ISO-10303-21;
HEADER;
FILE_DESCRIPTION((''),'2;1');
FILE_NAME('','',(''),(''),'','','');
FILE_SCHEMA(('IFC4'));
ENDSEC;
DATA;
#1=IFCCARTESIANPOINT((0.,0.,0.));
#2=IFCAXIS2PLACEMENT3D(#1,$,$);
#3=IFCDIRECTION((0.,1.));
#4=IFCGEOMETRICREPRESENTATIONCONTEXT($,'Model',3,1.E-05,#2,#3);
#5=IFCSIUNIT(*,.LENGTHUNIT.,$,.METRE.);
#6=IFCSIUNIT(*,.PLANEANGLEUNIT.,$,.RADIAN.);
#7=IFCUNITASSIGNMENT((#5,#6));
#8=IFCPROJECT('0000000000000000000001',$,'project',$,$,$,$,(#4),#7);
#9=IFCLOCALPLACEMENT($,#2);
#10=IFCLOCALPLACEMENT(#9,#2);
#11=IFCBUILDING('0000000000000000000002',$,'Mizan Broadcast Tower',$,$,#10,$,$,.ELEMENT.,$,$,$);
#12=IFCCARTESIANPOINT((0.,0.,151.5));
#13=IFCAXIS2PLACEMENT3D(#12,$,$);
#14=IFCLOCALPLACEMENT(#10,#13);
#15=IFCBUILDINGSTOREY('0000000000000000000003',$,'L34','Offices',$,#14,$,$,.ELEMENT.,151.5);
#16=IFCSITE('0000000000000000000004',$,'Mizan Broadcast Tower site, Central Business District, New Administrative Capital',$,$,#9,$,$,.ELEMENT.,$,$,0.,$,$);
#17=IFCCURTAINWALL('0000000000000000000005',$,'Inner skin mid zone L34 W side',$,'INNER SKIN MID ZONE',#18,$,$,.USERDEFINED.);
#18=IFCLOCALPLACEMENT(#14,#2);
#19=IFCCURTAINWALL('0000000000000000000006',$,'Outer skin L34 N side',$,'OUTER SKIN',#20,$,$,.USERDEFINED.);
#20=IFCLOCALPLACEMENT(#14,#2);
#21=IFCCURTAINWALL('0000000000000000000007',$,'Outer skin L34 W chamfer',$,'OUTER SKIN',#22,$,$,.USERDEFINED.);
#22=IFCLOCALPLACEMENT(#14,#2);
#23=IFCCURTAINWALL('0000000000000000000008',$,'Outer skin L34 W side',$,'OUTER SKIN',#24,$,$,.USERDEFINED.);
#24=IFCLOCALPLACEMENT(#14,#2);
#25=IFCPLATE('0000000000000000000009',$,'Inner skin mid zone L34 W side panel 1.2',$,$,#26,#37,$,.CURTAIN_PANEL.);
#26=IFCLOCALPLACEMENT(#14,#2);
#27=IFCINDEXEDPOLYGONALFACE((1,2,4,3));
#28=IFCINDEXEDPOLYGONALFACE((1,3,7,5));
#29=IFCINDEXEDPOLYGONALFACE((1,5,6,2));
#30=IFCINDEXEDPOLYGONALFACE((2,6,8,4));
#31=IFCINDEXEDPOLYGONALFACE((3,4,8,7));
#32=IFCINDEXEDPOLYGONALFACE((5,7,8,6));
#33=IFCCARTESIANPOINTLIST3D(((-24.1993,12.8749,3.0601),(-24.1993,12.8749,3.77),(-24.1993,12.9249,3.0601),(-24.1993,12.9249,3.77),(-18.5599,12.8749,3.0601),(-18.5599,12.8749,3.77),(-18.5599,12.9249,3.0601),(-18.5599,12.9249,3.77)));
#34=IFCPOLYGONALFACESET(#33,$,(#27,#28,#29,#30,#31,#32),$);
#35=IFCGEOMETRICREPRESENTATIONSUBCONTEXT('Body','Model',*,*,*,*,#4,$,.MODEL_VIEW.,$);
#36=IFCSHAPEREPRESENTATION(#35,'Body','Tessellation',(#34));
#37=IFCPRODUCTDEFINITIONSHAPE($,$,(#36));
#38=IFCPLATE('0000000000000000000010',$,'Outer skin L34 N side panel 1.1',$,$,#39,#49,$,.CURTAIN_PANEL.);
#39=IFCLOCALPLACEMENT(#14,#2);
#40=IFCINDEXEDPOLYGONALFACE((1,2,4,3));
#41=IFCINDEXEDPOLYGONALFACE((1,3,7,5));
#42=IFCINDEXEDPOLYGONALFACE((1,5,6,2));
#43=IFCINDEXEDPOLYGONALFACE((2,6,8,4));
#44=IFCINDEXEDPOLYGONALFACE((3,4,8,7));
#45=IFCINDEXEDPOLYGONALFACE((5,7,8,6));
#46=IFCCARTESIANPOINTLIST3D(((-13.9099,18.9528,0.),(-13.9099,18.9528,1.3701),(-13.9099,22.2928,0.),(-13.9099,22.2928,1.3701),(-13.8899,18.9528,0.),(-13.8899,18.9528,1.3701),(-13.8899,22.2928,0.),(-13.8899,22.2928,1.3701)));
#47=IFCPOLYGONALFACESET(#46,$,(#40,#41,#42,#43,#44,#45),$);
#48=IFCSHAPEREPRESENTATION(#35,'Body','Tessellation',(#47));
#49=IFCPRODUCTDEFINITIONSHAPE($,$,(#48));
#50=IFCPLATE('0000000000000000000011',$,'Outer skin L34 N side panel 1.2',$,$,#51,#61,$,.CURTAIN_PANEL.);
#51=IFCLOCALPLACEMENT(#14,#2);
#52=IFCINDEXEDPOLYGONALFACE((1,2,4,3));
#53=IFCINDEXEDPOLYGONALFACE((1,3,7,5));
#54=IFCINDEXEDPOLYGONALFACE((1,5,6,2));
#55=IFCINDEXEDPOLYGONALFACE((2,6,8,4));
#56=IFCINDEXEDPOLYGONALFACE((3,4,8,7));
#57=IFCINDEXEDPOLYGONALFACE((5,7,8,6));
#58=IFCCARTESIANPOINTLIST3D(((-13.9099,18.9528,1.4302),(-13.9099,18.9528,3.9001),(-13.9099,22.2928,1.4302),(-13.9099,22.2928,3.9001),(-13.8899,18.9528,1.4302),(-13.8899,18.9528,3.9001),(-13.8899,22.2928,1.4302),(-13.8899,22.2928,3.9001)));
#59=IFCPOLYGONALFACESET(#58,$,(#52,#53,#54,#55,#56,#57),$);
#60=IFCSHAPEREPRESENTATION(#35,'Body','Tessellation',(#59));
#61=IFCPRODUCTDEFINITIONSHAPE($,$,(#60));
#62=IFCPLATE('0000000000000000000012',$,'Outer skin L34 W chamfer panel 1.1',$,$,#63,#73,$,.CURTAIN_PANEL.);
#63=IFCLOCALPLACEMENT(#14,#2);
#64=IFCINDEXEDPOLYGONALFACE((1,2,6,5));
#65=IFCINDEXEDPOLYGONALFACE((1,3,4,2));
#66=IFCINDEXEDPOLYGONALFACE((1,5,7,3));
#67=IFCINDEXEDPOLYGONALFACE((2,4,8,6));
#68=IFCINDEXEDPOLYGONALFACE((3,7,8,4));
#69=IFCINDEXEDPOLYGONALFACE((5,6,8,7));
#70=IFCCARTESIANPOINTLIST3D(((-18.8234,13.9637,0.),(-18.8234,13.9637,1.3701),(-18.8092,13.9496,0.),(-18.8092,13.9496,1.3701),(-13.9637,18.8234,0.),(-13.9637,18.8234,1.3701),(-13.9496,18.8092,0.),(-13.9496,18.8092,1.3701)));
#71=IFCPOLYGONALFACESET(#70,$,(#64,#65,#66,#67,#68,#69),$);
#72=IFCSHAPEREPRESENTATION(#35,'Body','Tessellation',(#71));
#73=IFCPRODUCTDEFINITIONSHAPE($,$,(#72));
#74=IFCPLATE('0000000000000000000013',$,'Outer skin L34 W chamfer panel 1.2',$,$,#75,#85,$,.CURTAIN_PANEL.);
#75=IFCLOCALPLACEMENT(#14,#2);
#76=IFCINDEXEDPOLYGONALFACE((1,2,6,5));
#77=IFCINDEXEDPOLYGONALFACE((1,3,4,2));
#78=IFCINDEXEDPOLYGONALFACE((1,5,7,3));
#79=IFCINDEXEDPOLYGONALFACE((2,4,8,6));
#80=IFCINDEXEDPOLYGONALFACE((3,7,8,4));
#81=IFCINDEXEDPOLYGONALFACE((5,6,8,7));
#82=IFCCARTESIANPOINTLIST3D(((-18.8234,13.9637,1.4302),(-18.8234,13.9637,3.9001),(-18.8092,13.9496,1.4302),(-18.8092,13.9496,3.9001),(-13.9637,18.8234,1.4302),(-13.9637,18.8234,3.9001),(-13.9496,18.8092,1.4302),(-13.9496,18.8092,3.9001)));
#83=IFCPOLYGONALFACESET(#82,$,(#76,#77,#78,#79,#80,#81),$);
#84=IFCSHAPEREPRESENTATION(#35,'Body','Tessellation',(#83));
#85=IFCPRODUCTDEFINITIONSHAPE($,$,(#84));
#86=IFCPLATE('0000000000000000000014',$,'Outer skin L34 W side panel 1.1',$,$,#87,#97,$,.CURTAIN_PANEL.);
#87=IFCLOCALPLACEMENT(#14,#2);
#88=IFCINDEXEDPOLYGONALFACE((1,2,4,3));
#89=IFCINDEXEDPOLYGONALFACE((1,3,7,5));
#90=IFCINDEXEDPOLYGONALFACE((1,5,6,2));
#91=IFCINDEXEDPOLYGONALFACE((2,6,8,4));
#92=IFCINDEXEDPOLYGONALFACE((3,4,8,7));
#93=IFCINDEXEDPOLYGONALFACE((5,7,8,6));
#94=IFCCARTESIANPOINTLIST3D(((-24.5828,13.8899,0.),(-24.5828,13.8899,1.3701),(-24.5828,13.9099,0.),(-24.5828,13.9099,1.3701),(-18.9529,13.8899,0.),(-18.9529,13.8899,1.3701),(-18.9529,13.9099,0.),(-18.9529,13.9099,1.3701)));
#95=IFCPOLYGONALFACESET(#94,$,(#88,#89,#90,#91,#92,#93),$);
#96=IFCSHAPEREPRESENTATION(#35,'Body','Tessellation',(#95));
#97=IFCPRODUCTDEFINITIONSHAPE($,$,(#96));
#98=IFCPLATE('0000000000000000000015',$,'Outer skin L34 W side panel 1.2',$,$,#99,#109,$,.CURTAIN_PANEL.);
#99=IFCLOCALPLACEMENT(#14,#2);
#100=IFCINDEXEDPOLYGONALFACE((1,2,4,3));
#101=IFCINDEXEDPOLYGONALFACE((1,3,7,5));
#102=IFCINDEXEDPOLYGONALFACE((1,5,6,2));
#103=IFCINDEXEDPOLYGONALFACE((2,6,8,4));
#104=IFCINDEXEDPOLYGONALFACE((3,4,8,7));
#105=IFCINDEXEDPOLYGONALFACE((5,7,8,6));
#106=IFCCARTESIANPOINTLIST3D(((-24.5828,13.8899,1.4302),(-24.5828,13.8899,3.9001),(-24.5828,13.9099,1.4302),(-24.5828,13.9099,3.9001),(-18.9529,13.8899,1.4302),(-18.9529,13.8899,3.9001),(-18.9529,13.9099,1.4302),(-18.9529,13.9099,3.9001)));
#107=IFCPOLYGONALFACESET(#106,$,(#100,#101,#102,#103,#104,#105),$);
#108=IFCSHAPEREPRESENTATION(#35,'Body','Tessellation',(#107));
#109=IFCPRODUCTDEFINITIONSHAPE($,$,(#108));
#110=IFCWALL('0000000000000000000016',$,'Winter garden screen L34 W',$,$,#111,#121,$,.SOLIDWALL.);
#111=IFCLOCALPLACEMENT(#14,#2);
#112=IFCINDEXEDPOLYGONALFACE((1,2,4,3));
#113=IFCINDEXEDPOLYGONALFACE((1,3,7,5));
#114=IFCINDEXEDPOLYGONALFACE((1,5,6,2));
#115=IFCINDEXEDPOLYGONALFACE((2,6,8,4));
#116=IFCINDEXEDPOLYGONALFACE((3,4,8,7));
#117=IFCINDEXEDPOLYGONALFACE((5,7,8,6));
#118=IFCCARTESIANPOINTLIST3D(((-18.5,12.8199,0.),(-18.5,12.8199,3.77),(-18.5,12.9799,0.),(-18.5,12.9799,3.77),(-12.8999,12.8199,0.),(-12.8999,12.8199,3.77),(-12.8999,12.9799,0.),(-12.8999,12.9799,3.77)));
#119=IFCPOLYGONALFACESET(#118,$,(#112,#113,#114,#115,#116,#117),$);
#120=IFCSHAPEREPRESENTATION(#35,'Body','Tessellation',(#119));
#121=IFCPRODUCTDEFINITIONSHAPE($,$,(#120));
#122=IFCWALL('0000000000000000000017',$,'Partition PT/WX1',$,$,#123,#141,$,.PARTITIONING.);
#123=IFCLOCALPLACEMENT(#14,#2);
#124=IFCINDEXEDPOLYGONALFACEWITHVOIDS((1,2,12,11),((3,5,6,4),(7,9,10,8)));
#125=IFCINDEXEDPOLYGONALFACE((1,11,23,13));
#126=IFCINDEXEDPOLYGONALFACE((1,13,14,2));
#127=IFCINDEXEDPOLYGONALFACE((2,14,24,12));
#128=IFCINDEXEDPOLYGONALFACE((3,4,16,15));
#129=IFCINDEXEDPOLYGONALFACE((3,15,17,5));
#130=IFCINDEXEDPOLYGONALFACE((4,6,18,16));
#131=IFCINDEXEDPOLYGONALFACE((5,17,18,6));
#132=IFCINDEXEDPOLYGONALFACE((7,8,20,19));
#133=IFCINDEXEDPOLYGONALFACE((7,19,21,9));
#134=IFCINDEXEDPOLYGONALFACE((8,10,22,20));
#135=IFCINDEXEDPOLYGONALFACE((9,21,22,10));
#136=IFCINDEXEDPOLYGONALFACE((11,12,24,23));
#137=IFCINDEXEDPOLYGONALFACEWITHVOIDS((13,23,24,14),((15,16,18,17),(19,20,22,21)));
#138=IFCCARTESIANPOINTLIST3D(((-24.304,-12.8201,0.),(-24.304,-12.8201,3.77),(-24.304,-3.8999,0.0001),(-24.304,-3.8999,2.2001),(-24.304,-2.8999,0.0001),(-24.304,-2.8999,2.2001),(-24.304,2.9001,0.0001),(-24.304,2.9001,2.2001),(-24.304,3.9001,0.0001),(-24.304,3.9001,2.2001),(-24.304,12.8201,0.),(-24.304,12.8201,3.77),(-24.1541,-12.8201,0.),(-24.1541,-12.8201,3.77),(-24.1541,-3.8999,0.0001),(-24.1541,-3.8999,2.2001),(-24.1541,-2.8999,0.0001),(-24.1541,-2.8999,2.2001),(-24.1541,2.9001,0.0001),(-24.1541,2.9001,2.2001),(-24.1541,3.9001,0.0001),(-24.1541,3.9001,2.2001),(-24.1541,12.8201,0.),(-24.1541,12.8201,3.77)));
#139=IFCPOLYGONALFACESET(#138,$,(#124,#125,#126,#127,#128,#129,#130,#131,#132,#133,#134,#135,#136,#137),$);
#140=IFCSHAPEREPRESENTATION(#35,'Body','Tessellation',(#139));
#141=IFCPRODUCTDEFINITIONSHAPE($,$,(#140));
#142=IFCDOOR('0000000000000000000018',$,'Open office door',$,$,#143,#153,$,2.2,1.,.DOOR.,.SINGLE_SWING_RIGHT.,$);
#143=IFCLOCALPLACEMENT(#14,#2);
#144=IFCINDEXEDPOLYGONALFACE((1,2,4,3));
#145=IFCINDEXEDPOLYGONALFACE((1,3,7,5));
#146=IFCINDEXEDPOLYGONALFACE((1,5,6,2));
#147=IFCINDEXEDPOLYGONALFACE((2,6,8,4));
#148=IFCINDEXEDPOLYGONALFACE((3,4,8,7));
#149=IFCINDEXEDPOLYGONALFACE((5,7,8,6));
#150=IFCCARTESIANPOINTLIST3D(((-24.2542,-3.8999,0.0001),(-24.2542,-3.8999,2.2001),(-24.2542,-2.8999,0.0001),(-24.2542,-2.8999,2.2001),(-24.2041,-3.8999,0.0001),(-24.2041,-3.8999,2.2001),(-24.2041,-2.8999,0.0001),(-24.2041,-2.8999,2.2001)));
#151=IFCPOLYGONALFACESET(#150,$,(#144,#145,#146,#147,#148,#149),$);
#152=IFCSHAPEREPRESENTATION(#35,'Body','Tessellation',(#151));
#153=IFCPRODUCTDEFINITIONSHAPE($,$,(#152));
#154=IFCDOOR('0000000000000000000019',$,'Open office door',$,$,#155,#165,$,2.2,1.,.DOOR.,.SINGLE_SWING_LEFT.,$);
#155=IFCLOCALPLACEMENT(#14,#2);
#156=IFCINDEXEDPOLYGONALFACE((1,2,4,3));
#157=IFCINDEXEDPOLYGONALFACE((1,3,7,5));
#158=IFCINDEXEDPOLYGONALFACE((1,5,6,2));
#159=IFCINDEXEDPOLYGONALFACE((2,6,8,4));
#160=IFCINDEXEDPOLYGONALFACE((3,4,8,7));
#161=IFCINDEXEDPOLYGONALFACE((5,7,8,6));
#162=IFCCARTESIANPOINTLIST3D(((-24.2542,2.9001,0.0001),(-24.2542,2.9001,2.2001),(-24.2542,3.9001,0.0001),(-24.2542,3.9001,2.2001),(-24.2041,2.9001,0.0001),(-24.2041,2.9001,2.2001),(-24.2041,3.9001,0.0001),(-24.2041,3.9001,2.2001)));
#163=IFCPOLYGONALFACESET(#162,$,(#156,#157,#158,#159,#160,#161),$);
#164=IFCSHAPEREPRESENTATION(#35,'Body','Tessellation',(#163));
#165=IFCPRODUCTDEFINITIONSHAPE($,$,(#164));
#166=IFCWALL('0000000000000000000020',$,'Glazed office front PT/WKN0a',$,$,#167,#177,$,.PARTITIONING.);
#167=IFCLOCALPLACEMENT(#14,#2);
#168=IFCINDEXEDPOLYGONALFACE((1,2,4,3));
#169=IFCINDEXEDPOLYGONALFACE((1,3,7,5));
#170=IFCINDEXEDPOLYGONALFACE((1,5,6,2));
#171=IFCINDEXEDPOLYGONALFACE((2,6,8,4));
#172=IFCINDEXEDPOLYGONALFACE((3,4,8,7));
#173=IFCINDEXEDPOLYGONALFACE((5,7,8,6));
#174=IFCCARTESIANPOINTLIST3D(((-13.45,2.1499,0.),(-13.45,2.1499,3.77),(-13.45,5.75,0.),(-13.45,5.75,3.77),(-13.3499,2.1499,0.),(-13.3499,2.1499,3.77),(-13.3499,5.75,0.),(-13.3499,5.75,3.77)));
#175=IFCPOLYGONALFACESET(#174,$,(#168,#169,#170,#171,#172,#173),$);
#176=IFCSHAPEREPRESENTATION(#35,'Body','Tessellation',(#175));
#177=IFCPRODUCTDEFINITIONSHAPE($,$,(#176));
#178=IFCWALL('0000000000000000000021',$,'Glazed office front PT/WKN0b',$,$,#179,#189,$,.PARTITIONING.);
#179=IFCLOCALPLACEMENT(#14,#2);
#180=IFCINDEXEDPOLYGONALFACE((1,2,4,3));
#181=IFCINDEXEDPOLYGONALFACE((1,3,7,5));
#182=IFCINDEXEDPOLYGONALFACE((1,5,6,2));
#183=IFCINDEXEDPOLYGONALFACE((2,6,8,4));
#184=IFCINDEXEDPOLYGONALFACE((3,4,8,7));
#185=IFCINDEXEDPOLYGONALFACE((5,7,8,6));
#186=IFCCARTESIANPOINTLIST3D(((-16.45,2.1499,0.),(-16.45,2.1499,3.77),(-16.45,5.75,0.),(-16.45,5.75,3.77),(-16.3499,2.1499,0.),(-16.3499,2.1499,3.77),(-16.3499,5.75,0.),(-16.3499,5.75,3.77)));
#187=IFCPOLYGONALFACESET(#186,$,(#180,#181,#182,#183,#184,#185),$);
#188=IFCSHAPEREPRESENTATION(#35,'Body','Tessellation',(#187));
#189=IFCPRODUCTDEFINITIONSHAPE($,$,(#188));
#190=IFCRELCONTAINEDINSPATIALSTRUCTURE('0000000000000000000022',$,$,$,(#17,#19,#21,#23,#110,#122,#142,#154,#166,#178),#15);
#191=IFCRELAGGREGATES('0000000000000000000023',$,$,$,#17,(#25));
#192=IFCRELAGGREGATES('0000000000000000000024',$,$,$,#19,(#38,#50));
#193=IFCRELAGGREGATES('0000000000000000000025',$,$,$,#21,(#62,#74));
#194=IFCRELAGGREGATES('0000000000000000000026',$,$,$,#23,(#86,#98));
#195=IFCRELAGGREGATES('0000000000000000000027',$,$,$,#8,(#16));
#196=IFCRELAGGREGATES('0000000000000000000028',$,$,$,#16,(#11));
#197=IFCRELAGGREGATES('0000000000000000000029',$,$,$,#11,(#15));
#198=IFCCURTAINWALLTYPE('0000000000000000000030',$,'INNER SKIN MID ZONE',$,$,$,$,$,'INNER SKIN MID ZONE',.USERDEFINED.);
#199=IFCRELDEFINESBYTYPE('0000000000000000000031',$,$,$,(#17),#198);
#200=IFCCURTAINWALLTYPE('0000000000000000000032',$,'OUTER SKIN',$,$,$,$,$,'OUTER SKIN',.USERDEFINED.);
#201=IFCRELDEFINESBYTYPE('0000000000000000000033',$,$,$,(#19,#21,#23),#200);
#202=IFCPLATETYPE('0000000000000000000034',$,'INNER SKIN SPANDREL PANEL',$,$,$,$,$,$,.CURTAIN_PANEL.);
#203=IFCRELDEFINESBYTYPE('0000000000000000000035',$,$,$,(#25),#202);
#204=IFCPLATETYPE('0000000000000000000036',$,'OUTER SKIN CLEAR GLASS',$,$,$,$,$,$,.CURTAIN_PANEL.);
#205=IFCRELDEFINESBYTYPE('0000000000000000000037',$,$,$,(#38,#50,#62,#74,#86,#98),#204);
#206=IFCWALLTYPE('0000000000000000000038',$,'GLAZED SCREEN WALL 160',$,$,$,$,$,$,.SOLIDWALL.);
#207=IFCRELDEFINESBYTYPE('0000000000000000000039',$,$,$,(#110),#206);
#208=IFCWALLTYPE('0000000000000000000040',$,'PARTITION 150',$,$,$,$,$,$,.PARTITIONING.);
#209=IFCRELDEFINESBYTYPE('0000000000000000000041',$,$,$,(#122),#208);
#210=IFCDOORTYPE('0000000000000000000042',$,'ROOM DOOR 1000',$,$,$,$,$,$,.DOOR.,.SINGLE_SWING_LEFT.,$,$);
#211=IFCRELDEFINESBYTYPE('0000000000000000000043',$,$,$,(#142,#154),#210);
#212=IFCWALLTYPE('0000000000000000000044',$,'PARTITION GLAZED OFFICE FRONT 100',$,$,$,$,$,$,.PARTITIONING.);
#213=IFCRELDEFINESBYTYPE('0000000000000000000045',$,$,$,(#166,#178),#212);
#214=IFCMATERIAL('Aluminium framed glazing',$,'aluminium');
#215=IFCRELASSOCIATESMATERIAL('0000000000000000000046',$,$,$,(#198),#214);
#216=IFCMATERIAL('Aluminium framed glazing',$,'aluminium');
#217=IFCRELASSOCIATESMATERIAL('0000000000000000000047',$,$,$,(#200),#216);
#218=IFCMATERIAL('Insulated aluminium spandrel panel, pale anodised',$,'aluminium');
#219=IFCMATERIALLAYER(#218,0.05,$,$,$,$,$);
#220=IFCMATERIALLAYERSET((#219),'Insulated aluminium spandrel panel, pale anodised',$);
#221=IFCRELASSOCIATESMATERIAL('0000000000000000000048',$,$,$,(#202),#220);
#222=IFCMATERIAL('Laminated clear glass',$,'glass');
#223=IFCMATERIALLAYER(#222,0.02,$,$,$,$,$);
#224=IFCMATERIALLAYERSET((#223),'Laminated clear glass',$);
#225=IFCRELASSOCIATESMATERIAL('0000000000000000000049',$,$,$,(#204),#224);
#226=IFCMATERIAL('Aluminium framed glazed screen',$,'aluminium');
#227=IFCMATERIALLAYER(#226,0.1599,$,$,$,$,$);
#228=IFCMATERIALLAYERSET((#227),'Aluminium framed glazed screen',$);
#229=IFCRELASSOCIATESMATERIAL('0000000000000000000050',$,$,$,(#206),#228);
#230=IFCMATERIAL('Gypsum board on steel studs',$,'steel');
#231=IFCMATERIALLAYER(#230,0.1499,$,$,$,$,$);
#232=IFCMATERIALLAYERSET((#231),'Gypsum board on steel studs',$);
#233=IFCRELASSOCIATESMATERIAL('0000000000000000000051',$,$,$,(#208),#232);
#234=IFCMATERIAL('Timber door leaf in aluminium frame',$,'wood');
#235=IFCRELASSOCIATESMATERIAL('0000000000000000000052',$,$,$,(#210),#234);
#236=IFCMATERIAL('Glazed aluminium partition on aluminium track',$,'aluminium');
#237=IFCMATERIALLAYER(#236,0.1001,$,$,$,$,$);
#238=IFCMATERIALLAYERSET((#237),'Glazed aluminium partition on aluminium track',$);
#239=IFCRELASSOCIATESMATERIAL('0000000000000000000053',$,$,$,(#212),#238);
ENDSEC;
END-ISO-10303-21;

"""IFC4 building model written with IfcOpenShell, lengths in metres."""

from ifc_helpers import new_model, si_unit, direction, frame, frame_2d, origin, origin_2d, place, context, subcontext, project, spatial, rectangle, extrude, material, layer, layer_set, type_object, element, fill, aggregate, save


model = new_model("IFC4")

# Units and contexts
model_context = context("Model", 3, precision=1e-05, world=origin(), true_north=direction((0.0, 1.0)))
body_context = subcontext(model_context, "Body", "Model", "MODEL_VIEW")
ifc_project = project(units=[si_unit("LENGTHUNIT", "METRE"), si_unit("PLANEANGLEUNIT", "RADIAN")], contexts=[model_context])

# Site, building, storey
site_placement = place(None, origin())
site = spatial("IfcSite", under=ifc_project, at=site_placement, Name="Mizan Broadcast Tower site, Central Business District, New Administrative Capital", CompositionType="ELEMENT", RefElevation=0.0)
building_placement = place(site_placement, origin())
building = spatial("IfcBuilding", under=site, at=building_placement, Name="Mizan Broadcast Tower", CompositionType="ELEMENT")
storey_placement = place(building_placement, frame((0.0, 0.0, 151.5)))
storey = spatial("IfcBuildingStorey", under=building, at=storey_placement, Name="L34", Description="Offices", CompositionType="ELEMENT", Elevation=151.5)

# Curtain wall
ifc_material_1 = material(Name="Aluminium framed glazing", Category="aluminium")
curtain_wall_type_1 = type_object("IfcCurtainWallType", Name="INNER SKIN MID ZONE", ElementType="INNER SKIN MID ZONE", PredefinedType="USERDEFINED", material=ifc_material_1)
curtain_wall_1_placement = place(storey_placement, origin())
curtain_wall_1 = element("IfcCurtainWall", 1, at=curtain_wall_1_placement, inside=storey, type_object=curtain_wall_type_1, Name="Inner skin mid zone L34 W side", ObjectType="INNER SKIN MID ZONE", PredefinedType="USERDEFINED")

# Curtain walls
ifc_material_2 = material(Name="Aluminium framed glazing", Category="aluminium")
curtain_wall_type_2 = type_object("IfcCurtainWallType", Name="OUTER SKIN", ElementType="OUTER SKIN", PredefinedType="USERDEFINED", material=ifc_material_2)
curtain_wall_2_placement = place(storey_placement, origin())
curtain_wall_2 = element("IfcCurtainWall", 2, at=curtain_wall_2_placement, inside=storey, type_object=curtain_wall_type_2, Name="Outer skin L34 N side", ObjectType="OUTER SKIN", PredefinedType="USERDEFINED")
curtain_wall_3_placement = place(storey_placement, origin())
curtain_wall_3 = element("IfcCurtainWall", 3, at=curtain_wall_3_placement, inside=storey, type_object=curtain_wall_type_2, Name="Outer skin L34 W chamfer", ObjectType="OUTER SKIN", PredefinedType="USERDEFINED")
curtain_wall_4_placement = place(storey_placement, origin())
curtain_wall_4 = element("IfcCurtainWall", 4, at=curtain_wall_4_placement, inside=storey, type_object=curtain_wall_type_2, Name="Outer skin L34 W side", ObjectType="OUTER SKIN", PredefinedType="USERDEFINED")

# Plates
ifc_material_3 = material(Name="Insulated aluminium spandrel panel, pale anodised", Category="aluminium")
ifc_layer_1 = layer(ifc_material_3, 0.05)
ifc_layer_set_1 = layer_set([ifc_layer_1], Name="Insulated aluminium spandrel panel, pale anodised")
plate_type_1 = type_object("IfcPlateType", Name="INNER SKIN SPANDREL PANEL", PredefinedType="CURTAIN_PANEL", material=ifc_layer_set_1)
plate_1_placement = place(storey_placement, frame((-21.3796, 12.8999, 3.0601), z_axis=(0.0, 0.0, 1.0), x_axis=(-1.0, 0.0, 0.0)))
plate_1 = element("IfcPlate", 5, at=plate_1_placement, type_object=plate_type_1, Name="Inner skin mid zone L34 W side panel 1.2", PredefinedType="CURTAIN_PANEL", context=body_context, shape_type="SweptSolid", body=[
    extrude(rectangle(XDim=5.6394, YDim=0.05, at=origin_2d()), origin(), (0.0, 0.0, 1.0), 0.71),
])
aggregate(curtain_wall_1, [plate_1])
ifc_material_4 = material(Name="Laminated clear glass", Category="glass")
ifc_layer_2 = layer(ifc_material_4, 0.02)
ifc_layer_set_2 = layer_set([ifc_layer_2], Name="Laminated clear glass")
plate_type_2 = type_object("IfcPlateType", Name="OUTER SKIN CLEAR GLASS", PredefinedType="CURTAIN_PANEL", material=ifc_layer_set_2)
plate_2_placement = place(storey_placement, frame((-13.8999, 20.6228, 0.0), z_axis=(0.0, 0.0, 1.0), x_axis=(0.0, -1.0, 0.0)))
plate_2 = element("IfcPlate", 6, at=plate_2_placement, type_object=plate_type_2, Name="Outer skin L34 N side panel 1.1", PredefinedType="CURTAIN_PANEL", context=body_context, shape_type="SweptSolid", body=[
    extrude(rectangle(XDim=3.3401, YDim=0.02, at=origin_2d()), origin(), (0.0, 0.0, 1.0), 1.3701),
])
plate_3_placement = place(storey_placement, frame((-13.8999, 20.6228, 1.4302), z_axis=(0.0, 0.0, 1.0), x_axis=(0.0, -1.0, 0.0)))
plate_3 = element("IfcPlate", 7, at=plate_3_placement, type_object=plate_type_2, Name="Outer skin L34 N side panel 1.2", PredefinedType="CURTAIN_PANEL", context=body_context, shape_type="SweptSolid", body=[
    extrude(rectangle(XDim=3.3401, YDim=0.02, at=origin_2d()), origin(), (0.0, 0.0, 1.0), 2.47),
])
aggregate(curtain_wall_2, [plate_2, plate_3])
plate_4_placement = place(storey_placement, frame((-16.3865, 16.3865, 0.0), z_axis=(0.0, 0.0, 1.0), x_axis=(-0.707107, -0.707107, 0.0)))
plate_4 = element("IfcPlate", 8, at=plate_4_placement, type_object=plate_type_2, Name="Outer skin L34 W chamfer panel 1.1", PredefinedType="CURTAIN_PANEL", context=body_context, shape_type="SweptSolid", body=[
    extrude(rectangle(XDim=6.8726, YDim=0.02, at=origin_2d()), origin(), (0.0, 0.0, 1.0), 1.3701),
])
plate_5_placement = place(storey_placement, frame((-16.3865, 16.3865, 1.4302), z_axis=(0.0, 0.0, 1.0), x_axis=(-0.707107, -0.707107, 0.0)))
plate_5 = element("IfcPlate", 9, at=plate_5_placement, type_object=plate_type_2, Name="Outer skin L34 W chamfer panel 1.2", PredefinedType="CURTAIN_PANEL", context=body_context, shape_type="SweptSolid", body=[
    extrude(rectangle(XDim=6.8726, YDim=0.02, at=origin_2d()), origin(), (0.0, 0.0, 1.0), 2.47),
])
aggregate(curtain_wall_3, [plate_4, plate_5])
plate_6_placement = place(storey_placement, frame((-21.7678, 13.8999, 0.0), z_axis=(0.0, 0.0, 1.0), x_axis=(-1.0, 0.0, 0.0)))
plate_6 = element("IfcPlate", 10, at=plate_6_placement, type_object=plate_type_2, Name="Outer skin L34 W side panel 1.1", PredefinedType="CURTAIN_PANEL", context=body_context, shape_type="SweptSolid", body=[
    extrude(rectangle(XDim=5.6299, YDim=0.02, at=origin_2d()), origin(), (0.0, 0.0, 1.0), 1.3701),
])
plate_7_placement = place(storey_placement, frame((-21.7678, 13.8999, 1.4302), z_axis=(0.0, 0.0, 1.0), x_axis=(-1.0, 0.0, 0.0)))
plate_7 = element("IfcPlate", 11, at=plate_7_placement, type_object=plate_type_2, Name="Outer skin L34 W side panel 1.2", PredefinedType="CURTAIN_PANEL", context=body_context, shape_type="SweptSolid", body=[
    extrude(rectangle(XDim=5.6299, YDim=0.02, at=origin_2d()), origin(), (0.0, 0.0, 1.0), 2.47),
])
aggregate(curtain_wall_4, [plate_6, plate_7])

# Wall
ifc_material_5 = material(Name="Aluminium framed glazed screen", Category="aluminium")
ifc_layer_3 = layer(ifc_material_5, 0.1599)
ifc_layer_set_3 = layer_set([ifc_layer_3], Name="Aluminium framed glazed screen")
wall_type_1 = type_object("IfcWallType", Name="GLAZED SCREEN WALL 160", PredefinedType="SOLIDWALL", material=ifc_layer_set_3)
wall_1_placement = place(storey_placement, frame((-12.8999, 12.8999, 0.0), z_axis=(0.0, 0.0, 1.0), x_axis=(-1.0, 0.0, 0.0)))
element("IfcWall", 12, at=wall_1_placement, inside=storey, type_object=wall_type_1, Name="Winter garden screen L34 W", PredefinedType="SOLIDWALL", context=body_context, shape_type="SweptSolid", body=[
    extrude(rectangle(XDim=5.6001, YDim=0.1599, at=frame_2d((2.8, 0.0))), origin(), (0.0, 0.0, 1.0), 3.77),
])

# Wall, openings, doors
ifc_material_6 = material(Name="Gypsum board on steel studs", Category="steel")
ifc_layer_4 = layer(ifc_material_6, 0.1499)
ifc_layer_set_4 = layer_set([ifc_layer_4], Name="Gypsum board on steel studs")
wall_type_2 = type_object("IfcWallType", Name="PARTITION 150", PredefinedType="PARTITIONING", material=ifc_layer_set_4)
wall_2_placement = place(storey_placement, frame((-24.229, 12.8201, 0.0), z_axis=(0.0, 0.0, 1.0), x_axis=(0.0, -1.0, 0.0)))
wall_2 = element("IfcWall", 13, at=wall_2_placement, inside=storey, type_object=wall_type_2, Name="Partition PT/WX1", PredefinedType="PARTITIONING", context=body_context, shape_type="SweptSolid", body=[
    extrude(rectangle(XDim=25.6401, YDim=0.1499, at=frame_2d((12.8201, 0.0))), origin(), (0.0, 0.0, 1.0), 3.77),
])
opening_1_placement = place(wall_2_placement, frame((15.72, 0.0, 0.0)))
opening_1 = element("IfcOpeningElement", 14, at=opening_1_placement, cuts=wall_2, PredefinedType="OPENING", context=body_context, shape_type="SweptSolid", body=[
    extrude(rectangle(XDim=1.0, YDim=2.2, at=frame_2d((0.5, 1.1001))), frame((0.0, 0.085, 0.0), z_axis=(0.0, -1.0, 0.0), x_axis=(1.0, 0.0, 0.0)), (0.0, 0.0, 1.0), 0.1699),
])
opening_2_placement = place(wall_2_placement, frame((8.9199, 0.0, 0.0)))
opening_2 = element("IfcOpeningElement", 15, at=opening_2_placement, cuts=wall_2, PredefinedType="OPENING", context=body_context, shape_type="SweptSolid", body=[
    extrude(rectangle(XDim=1.0, YDim=2.2, at=frame_2d((0.5, 1.1001))), frame((0.0, 0.085, 0.0), z_axis=(0.0, -1.0, 0.0), x_axis=(1.0, 0.0, 0.0)), (0.0, 0.0, 1.0), 0.1699),
])
ifc_material_7 = material(Name="Timber door leaf in aluminium frame", Category="wood")
door_type_1 = type_object("IfcDoorType", Name="ROOM DOOR 1000", OperationType="SINGLE_SWING_LEFT", PredefinedType="DOOR", material=ifc_material_7)
door_1_placement = place(opening_1_placement, origin())
door_1 = element("IfcDoor", 16, at=door_1_placement, inside=storey, type_object=door_type_1, Name="Open office door", OperationType="SINGLE_SWING_RIGHT", OverallHeight=2.2, OverallWidth=1.0, PredefinedType="DOOR", context=body_context, shape_type="SweptSolid", body=[
    extrude(rectangle(XDim=1.0, YDim=2.2, at=frame_2d((0.5, 1.1001))), frame((0.0, 0.0249, 0.0), z_axis=(0.0, -1.0, 0.0), x_axis=(1.0, 0.0, 0.0)), (0.0, 0.0, 1.0), 0.05),
])
fill(opening_1, door_1)
door_2_placement = place(opening_2_placement, origin())
door_2 = element("IfcDoor", 17, at=door_2_placement, inside=storey, type_object=door_type_1, Name="Open office door", OperationType="SINGLE_SWING_LEFT", OverallHeight=2.2, OverallWidth=1.0, PredefinedType="DOOR", context=body_context, shape_type="SweptSolid", body=[
    extrude(rectangle(XDim=1.0, YDim=2.2, at=frame_2d((0.5, 1.1001))), frame((0.0, 0.0249, 0.0), z_axis=(0.0, -1.0, 0.0), x_axis=(1.0, 0.0, 0.0)), (0.0, 0.0, 1.0), 0.05),
])
fill(opening_2, door_2)

# Walls
ifc_material_8 = material(Name="Glazed aluminium partition on aluminium track", Category="aluminium")
ifc_layer_5 = layer(ifc_material_8, 0.1001)
ifc_layer_set_5 = layer_set([ifc_layer_5], Name="Glazed aluminium partition on aluminium track")
wall_type_3 = type_object("IfcWallType", Name="PARTITION GLAZED OFFICE FRONT 100", PredefinedType="PARTITIONING", material=ifc_layer_set_5)
for number, where, z_axis, x_axis, name in (
    (18, (-13.3999, 2.1499, 0.0), (0.0, 0.0, 1.0), (0.0, 1.0, 0.0), "Glazed office front PT/WKN0a"),
    (19, (-16.3999, 2.1499, 0.0), (0.0, 0.0, 1.0), (0.0, 1.0, 0.0), "Glazed office front PT/WKN0b"),
):
    element("IfcWall", number, at=place(storey_placement, frame(where, z_axis=z_axis, x_axis=x_axis)), inside=storey, type_object=wall_type_3, Name=name, PredefinedType="PARTITIONING", context=body_context, shape_type="SweptSolid", body=[
        extrude(rectangle(XDim=3.6001, YDim=0.1001, at=frame_2d((1.8, 0.0))), origin(), (0.0, 0.0, 1.0), 3.77),
    ])

save(model, "model.ifc")
